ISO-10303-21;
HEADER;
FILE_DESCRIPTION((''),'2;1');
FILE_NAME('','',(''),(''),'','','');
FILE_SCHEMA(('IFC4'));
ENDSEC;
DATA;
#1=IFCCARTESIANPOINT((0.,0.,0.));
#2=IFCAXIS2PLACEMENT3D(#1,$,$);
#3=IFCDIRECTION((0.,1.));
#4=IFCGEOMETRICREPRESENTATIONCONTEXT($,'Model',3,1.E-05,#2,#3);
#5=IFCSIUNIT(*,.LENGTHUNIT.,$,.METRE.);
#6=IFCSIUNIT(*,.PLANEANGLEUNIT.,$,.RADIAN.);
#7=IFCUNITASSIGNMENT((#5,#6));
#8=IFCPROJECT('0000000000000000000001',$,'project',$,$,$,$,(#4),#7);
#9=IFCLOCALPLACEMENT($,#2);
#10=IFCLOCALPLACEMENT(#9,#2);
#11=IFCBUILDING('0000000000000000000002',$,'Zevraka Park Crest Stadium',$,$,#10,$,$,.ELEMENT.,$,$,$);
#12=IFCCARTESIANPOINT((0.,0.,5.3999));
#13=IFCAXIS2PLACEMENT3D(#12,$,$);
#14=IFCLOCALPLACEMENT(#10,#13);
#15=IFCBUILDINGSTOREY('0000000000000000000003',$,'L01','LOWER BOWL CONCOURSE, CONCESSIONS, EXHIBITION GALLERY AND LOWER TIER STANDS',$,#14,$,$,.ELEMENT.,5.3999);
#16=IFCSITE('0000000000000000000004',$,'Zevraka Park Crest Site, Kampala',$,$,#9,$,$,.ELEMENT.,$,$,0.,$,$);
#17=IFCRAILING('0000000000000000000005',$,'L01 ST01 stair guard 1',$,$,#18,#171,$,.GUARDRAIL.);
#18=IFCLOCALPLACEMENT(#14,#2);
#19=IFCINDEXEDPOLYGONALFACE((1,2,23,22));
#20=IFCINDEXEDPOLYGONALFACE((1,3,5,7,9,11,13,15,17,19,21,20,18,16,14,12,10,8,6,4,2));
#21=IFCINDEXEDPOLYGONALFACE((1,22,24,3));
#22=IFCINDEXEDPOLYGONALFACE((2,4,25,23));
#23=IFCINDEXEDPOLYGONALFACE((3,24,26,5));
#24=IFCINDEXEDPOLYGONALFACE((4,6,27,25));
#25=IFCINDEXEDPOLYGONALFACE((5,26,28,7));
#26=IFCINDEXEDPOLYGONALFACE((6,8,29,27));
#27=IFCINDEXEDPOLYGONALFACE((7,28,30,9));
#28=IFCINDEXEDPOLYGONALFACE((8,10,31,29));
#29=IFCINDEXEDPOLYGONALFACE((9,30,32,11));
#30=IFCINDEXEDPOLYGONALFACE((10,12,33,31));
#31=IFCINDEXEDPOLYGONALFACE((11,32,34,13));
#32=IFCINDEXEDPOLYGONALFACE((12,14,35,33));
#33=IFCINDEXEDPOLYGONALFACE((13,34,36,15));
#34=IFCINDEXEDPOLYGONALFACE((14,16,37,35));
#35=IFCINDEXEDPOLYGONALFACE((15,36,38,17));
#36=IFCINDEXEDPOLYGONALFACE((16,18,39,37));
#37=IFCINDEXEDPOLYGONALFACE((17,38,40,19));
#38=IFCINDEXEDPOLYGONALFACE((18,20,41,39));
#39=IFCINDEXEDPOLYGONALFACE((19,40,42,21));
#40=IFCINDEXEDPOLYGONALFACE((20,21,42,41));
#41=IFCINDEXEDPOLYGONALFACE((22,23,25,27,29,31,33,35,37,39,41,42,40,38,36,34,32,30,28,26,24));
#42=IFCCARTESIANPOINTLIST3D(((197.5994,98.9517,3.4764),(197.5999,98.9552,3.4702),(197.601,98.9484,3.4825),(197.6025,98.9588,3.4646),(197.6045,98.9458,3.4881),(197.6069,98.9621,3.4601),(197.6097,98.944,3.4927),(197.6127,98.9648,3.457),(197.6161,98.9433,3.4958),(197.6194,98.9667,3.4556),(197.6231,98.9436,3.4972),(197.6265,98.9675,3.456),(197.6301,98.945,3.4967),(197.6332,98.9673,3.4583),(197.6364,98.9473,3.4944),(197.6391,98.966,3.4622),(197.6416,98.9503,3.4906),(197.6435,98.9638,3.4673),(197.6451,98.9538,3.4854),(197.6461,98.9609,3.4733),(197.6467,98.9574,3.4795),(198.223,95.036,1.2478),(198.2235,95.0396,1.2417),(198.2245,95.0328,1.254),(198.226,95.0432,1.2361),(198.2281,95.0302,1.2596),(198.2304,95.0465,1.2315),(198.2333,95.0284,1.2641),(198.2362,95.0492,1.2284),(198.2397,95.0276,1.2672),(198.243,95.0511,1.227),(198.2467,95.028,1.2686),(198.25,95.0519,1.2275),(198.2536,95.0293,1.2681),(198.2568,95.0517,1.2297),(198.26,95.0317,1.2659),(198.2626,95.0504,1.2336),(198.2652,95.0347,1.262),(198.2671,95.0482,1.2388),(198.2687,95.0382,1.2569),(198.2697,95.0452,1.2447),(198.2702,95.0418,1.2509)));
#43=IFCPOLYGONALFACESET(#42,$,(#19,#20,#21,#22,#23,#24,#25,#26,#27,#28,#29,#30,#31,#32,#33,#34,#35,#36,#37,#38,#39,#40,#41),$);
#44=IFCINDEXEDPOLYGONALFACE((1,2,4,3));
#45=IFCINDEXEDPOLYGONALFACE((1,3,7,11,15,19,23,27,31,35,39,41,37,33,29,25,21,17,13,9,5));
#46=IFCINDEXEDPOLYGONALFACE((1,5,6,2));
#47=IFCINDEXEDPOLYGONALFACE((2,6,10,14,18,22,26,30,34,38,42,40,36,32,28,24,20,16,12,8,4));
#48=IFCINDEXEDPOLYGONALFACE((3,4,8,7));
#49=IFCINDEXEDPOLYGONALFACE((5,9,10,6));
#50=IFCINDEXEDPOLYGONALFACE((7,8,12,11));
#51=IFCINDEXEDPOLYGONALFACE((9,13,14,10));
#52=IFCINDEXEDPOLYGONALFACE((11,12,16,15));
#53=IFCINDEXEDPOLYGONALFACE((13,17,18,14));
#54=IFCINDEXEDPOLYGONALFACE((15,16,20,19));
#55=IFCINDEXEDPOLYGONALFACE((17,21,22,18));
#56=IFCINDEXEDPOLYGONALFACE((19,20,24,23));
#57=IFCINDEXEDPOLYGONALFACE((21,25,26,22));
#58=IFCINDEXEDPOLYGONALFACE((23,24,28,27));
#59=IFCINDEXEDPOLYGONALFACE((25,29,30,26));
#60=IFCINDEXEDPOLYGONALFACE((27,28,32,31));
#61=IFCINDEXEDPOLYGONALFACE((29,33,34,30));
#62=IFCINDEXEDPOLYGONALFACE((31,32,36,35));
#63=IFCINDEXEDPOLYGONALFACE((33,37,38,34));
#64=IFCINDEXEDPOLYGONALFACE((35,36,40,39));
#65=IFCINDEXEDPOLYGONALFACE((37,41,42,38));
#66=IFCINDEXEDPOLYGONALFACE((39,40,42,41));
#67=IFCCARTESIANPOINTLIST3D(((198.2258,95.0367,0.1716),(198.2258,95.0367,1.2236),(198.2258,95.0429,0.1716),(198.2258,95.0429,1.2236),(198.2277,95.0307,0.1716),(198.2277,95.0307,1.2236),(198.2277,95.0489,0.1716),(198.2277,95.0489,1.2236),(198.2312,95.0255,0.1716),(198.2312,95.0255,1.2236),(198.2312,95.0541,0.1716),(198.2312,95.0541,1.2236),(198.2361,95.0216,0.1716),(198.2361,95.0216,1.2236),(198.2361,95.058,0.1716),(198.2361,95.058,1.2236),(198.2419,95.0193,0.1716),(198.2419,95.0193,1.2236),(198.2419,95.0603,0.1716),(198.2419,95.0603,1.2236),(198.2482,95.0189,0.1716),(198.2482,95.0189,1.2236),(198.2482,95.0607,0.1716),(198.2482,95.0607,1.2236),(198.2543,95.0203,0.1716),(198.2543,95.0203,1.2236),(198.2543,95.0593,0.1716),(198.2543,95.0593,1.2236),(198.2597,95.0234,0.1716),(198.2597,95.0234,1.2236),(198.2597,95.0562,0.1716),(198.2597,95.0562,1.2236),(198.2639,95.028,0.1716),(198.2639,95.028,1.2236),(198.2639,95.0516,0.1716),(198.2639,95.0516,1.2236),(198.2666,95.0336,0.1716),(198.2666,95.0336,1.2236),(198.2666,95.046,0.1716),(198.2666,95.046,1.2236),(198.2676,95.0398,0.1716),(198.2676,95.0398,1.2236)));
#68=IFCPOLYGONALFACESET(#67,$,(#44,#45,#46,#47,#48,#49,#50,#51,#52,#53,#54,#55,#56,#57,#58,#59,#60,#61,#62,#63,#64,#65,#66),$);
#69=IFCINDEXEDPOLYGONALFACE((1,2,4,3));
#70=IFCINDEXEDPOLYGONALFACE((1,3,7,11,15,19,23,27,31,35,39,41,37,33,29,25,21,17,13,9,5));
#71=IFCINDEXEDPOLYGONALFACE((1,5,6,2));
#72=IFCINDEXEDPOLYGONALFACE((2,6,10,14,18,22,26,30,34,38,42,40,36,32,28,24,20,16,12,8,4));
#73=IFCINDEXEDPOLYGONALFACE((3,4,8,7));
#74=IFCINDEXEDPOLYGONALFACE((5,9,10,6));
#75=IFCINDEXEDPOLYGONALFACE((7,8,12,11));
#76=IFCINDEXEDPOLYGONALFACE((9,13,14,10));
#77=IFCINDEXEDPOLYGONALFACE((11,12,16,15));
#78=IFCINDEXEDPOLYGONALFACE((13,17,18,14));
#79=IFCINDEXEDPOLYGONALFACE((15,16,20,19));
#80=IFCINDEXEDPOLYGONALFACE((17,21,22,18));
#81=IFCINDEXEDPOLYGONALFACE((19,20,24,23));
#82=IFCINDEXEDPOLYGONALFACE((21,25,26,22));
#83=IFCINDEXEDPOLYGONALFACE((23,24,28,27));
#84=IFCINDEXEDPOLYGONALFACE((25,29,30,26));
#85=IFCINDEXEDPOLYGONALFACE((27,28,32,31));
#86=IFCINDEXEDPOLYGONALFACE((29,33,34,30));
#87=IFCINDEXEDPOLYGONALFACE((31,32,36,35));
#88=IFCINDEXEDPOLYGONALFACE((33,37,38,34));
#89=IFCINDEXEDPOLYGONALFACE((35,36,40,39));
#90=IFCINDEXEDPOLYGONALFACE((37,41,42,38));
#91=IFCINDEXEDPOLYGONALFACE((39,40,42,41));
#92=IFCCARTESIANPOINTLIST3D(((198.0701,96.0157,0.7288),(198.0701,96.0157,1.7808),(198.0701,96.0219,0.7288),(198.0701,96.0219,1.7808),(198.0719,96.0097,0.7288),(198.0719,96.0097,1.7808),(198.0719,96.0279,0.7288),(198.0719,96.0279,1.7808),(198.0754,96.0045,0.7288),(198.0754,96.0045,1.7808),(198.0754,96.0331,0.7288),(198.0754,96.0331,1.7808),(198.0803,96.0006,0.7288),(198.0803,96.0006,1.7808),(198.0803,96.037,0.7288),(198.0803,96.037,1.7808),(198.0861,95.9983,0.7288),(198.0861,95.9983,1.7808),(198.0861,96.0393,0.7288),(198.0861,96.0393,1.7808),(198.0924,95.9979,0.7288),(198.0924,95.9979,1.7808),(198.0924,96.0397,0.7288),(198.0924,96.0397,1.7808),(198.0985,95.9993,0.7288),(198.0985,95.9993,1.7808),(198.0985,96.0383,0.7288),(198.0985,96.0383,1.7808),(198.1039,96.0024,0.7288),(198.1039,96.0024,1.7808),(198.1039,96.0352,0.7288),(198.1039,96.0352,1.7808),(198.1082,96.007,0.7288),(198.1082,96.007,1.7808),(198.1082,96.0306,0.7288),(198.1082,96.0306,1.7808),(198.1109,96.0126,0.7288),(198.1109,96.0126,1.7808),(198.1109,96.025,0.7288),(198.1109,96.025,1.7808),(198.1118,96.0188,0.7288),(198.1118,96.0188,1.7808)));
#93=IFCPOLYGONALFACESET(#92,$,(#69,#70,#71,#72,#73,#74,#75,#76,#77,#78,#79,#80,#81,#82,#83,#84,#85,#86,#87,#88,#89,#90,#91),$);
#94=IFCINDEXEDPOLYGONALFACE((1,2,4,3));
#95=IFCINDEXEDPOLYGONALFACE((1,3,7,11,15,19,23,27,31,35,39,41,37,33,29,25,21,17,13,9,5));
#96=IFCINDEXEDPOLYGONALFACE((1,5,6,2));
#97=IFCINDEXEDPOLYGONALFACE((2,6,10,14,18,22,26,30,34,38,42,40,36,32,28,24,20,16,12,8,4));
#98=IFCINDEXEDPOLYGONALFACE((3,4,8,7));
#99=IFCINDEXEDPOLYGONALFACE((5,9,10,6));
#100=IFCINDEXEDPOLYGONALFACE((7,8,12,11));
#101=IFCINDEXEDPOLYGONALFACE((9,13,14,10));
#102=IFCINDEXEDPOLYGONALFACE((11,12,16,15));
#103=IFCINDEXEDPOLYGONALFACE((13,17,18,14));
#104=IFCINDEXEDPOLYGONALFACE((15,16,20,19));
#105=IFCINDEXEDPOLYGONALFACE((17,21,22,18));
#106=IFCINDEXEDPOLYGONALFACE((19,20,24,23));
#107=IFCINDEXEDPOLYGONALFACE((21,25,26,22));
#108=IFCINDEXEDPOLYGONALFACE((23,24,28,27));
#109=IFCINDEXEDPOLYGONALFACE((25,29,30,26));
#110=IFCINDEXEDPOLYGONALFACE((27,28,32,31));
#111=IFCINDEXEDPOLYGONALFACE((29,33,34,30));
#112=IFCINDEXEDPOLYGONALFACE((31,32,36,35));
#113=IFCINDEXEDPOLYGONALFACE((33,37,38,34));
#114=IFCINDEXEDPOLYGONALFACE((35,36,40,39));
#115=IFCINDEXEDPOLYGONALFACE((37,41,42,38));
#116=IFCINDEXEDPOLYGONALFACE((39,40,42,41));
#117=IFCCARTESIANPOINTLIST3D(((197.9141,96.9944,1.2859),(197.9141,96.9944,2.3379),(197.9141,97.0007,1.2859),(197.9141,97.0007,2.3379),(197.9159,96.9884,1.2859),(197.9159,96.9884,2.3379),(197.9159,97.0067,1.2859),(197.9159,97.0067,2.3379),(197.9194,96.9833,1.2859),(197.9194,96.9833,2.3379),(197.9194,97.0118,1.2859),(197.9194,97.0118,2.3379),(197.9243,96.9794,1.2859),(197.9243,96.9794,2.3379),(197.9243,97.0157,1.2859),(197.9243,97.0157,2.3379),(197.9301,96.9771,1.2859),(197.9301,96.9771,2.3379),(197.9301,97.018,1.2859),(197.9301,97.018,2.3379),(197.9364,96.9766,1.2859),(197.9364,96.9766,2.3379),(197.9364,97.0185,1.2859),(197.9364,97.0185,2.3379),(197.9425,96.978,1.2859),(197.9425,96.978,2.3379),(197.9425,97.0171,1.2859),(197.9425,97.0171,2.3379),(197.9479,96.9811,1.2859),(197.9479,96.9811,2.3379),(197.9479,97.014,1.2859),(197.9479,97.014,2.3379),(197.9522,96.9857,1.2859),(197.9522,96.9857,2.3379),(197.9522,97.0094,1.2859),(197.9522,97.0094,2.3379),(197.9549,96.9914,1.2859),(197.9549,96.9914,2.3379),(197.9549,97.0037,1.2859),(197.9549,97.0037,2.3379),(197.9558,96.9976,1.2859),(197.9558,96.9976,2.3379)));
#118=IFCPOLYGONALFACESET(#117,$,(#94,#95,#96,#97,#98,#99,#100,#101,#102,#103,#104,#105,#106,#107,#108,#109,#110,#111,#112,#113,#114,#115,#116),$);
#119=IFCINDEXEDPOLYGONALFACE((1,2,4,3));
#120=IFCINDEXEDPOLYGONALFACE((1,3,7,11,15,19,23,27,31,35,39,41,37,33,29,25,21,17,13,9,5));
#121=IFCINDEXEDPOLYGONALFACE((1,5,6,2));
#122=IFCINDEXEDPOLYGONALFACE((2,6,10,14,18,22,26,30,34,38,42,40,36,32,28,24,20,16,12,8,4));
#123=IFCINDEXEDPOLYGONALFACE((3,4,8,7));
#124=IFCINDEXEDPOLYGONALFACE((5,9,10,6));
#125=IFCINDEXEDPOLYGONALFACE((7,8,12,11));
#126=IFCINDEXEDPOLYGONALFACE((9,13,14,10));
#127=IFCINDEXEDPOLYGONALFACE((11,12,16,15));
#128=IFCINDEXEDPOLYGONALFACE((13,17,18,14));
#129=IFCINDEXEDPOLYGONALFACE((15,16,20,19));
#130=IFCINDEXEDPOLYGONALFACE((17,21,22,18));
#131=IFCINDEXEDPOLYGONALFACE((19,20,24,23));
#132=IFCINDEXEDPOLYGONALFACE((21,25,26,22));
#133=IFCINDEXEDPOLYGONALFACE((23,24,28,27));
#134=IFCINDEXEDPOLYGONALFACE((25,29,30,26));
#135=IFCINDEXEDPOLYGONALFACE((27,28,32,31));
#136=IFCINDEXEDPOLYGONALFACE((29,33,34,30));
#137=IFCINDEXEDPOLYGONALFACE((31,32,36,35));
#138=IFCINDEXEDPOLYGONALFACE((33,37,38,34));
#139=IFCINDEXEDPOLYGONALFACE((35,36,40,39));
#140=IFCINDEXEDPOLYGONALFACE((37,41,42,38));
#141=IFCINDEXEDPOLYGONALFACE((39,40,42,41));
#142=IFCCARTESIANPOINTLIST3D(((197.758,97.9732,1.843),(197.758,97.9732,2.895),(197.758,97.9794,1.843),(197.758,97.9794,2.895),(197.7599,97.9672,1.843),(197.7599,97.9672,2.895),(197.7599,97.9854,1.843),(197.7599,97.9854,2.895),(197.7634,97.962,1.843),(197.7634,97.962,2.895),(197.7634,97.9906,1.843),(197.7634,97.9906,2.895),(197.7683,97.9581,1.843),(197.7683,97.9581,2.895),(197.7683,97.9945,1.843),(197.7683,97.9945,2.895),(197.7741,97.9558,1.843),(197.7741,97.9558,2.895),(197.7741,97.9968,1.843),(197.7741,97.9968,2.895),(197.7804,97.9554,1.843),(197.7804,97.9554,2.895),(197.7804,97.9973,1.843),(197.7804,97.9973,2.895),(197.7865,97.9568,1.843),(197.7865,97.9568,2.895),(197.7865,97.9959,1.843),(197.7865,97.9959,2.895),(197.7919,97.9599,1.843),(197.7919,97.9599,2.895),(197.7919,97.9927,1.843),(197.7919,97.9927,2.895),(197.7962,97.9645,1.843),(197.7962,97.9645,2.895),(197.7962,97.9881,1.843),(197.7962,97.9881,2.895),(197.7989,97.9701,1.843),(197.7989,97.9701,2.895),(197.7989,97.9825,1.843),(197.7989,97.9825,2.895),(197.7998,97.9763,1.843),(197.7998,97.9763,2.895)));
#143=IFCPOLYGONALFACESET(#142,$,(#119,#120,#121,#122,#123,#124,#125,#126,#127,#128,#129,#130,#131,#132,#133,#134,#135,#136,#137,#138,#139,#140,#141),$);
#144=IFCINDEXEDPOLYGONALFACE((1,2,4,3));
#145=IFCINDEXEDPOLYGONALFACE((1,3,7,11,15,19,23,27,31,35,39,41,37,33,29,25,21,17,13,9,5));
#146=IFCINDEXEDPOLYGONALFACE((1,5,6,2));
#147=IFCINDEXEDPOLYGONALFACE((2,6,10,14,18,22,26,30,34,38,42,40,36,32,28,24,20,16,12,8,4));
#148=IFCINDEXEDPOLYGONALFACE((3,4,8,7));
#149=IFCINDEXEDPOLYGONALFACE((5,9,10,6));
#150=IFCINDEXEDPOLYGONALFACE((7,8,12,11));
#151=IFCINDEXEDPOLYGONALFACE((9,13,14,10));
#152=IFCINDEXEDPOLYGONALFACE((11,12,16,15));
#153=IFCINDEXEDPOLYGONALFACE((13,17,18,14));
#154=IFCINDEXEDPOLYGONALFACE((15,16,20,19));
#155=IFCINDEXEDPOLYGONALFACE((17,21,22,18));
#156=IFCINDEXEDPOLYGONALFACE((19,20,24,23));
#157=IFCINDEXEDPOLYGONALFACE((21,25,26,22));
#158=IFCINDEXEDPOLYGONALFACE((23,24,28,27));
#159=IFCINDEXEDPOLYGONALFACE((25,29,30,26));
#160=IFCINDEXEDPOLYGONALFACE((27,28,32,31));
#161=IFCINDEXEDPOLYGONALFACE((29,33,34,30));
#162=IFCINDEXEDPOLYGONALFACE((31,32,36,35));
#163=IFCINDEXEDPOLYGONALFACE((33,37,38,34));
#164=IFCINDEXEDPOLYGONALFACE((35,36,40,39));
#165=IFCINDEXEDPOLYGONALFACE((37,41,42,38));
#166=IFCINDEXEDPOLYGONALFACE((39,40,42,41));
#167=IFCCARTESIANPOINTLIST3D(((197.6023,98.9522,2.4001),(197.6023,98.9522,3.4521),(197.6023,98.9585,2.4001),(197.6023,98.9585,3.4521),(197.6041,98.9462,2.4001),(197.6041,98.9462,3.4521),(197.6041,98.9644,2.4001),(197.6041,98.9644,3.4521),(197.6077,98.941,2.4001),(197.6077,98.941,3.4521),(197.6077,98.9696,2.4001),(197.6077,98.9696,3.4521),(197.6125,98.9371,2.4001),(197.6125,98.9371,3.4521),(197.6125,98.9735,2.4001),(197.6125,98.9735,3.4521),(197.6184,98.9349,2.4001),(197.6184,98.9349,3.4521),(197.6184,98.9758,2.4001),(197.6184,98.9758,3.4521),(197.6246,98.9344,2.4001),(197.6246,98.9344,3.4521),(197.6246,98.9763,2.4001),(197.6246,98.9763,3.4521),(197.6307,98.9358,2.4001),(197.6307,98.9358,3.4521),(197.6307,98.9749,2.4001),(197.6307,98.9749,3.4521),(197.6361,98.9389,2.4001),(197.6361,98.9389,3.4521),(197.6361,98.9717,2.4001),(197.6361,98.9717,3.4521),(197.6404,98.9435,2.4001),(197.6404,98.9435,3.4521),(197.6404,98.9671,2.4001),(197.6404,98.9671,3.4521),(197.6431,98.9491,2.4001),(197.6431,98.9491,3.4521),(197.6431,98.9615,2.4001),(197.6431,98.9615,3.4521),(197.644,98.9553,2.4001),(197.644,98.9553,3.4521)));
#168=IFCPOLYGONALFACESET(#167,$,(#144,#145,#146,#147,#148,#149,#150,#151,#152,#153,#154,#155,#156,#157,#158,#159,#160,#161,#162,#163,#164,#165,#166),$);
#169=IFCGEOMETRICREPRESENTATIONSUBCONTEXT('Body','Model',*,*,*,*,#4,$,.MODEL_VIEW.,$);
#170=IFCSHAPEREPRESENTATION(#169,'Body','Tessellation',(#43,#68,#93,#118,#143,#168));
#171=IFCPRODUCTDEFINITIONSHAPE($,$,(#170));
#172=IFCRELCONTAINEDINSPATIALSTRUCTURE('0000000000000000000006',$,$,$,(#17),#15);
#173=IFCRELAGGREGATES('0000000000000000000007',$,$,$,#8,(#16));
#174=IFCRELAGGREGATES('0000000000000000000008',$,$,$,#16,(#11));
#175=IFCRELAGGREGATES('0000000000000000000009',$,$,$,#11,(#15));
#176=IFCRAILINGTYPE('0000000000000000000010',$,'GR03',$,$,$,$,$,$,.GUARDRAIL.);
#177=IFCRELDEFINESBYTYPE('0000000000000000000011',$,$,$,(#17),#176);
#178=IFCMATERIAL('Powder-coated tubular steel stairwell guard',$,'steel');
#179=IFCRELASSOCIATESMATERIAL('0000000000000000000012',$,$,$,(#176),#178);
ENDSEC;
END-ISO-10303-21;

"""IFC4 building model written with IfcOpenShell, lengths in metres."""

from ifc_helpers import new_model, si_unit, direction, frame, origin, origin_2d, place, context, subcontext, project, spatial, circle, extrude, material, type_object, element, save


model = new_model("IFC4")

# Units and contexts
model_context = context("Model", 3, precision=1e-05, world=origin(), true_north=direction((0.0, 1.0)))
body_context = subcontext(model_context, "Body", "Model", "MODEL_VIEW")
ifc_project = project(units=[si_unit("LENGTHUNIT", "METRE"), si_unit("PLANEANGLEUNIT", "RADIAN")], contexts=[model_context])

# Site, building, storey
site_placement = place(None, origin())
site = spatial("IfcSite", under=ifc_project, at=site_placement, Name="Zevraka Park Crest Site, Kampala", CompositionType="ELEMENT", RefElevation=0.0)
building_placement = place(site_placement, origin())
building = spatial("IfcBuilding", under=site, at=building_placement, Name="Zevraka Park Crest Stadium", CompositionType="ELEMENT")
storey_placement = place(building_placement, frame((0.0, 0.0, 5.3999)))
storey = spatial("IfcBuildingStorey", under=building, at=storey_placement, Name="L01", Description="LOWER BOWL CONCOURSE, CONCESSIONS, EXHIBITION GALLERY AND LOWER TIER STANDS", CompositionType="ELEMENT", Elevation=5.3999)

# Railing
ifc_material_1 = material(Name="Powder-coated tubular steel stairwell guard", Category="steel")
railing_type_1 = type_object("IfcRailingType", Name="GR03", PredefinedType="GUARDRAIL", material=ifc_material_1)
railing_1_placement = place(storey_placement, frame((198.2466, 95.0398, 0.1716)))
element("IfcRailing", 1, at=railing_1_placement, inside=storey, type_object=railing_type_1, Name="L01 ST01 stair guard 1", PredefinedType="GUARDRAIL", context=body_context, shape_type="SweptSolid", body=[
    extrude(circle(Radius=0.0239, at=origin_2d()), frame((0.0, 0.0, 1.0762), z_axis=(-0.137094, 0.86089, 0.489974), x_axis=(-0.987556, -0.157265, 0.0)), (0.0, 0.0, 1.0), 4.5483),
    extrude(circle(Radius=0.021, at=origin_2d()), origin(), (0.0, 0.0, 1.0), 1.052),
    extrude(circle(Radius=0.021, at=origin_2d()), frame((-0.1558, 0.979, 0.5571)), (0.0, 0.0, 1.0), 1.052),
    extrude(circle(Radius=0.021, at=origin_2d()), frame((-0.3118, 1.9578, 1.1143)), (0.0, 0.0, 1.0), 1.052),
    extrude(circle(Radius=0.021, at=origin_2d()), frame((-0.4678, 2.9365, 1.6714)), (0.0, 0.0, 1.0), 1.052),
    extrude(circle(Radius=0.021, at=origin_2d()), frame((-0.6235, 3.9155, 2.2285)), (0.0, 0.0, 1.0), 1.052),
])

save(model, "model.ifc")
